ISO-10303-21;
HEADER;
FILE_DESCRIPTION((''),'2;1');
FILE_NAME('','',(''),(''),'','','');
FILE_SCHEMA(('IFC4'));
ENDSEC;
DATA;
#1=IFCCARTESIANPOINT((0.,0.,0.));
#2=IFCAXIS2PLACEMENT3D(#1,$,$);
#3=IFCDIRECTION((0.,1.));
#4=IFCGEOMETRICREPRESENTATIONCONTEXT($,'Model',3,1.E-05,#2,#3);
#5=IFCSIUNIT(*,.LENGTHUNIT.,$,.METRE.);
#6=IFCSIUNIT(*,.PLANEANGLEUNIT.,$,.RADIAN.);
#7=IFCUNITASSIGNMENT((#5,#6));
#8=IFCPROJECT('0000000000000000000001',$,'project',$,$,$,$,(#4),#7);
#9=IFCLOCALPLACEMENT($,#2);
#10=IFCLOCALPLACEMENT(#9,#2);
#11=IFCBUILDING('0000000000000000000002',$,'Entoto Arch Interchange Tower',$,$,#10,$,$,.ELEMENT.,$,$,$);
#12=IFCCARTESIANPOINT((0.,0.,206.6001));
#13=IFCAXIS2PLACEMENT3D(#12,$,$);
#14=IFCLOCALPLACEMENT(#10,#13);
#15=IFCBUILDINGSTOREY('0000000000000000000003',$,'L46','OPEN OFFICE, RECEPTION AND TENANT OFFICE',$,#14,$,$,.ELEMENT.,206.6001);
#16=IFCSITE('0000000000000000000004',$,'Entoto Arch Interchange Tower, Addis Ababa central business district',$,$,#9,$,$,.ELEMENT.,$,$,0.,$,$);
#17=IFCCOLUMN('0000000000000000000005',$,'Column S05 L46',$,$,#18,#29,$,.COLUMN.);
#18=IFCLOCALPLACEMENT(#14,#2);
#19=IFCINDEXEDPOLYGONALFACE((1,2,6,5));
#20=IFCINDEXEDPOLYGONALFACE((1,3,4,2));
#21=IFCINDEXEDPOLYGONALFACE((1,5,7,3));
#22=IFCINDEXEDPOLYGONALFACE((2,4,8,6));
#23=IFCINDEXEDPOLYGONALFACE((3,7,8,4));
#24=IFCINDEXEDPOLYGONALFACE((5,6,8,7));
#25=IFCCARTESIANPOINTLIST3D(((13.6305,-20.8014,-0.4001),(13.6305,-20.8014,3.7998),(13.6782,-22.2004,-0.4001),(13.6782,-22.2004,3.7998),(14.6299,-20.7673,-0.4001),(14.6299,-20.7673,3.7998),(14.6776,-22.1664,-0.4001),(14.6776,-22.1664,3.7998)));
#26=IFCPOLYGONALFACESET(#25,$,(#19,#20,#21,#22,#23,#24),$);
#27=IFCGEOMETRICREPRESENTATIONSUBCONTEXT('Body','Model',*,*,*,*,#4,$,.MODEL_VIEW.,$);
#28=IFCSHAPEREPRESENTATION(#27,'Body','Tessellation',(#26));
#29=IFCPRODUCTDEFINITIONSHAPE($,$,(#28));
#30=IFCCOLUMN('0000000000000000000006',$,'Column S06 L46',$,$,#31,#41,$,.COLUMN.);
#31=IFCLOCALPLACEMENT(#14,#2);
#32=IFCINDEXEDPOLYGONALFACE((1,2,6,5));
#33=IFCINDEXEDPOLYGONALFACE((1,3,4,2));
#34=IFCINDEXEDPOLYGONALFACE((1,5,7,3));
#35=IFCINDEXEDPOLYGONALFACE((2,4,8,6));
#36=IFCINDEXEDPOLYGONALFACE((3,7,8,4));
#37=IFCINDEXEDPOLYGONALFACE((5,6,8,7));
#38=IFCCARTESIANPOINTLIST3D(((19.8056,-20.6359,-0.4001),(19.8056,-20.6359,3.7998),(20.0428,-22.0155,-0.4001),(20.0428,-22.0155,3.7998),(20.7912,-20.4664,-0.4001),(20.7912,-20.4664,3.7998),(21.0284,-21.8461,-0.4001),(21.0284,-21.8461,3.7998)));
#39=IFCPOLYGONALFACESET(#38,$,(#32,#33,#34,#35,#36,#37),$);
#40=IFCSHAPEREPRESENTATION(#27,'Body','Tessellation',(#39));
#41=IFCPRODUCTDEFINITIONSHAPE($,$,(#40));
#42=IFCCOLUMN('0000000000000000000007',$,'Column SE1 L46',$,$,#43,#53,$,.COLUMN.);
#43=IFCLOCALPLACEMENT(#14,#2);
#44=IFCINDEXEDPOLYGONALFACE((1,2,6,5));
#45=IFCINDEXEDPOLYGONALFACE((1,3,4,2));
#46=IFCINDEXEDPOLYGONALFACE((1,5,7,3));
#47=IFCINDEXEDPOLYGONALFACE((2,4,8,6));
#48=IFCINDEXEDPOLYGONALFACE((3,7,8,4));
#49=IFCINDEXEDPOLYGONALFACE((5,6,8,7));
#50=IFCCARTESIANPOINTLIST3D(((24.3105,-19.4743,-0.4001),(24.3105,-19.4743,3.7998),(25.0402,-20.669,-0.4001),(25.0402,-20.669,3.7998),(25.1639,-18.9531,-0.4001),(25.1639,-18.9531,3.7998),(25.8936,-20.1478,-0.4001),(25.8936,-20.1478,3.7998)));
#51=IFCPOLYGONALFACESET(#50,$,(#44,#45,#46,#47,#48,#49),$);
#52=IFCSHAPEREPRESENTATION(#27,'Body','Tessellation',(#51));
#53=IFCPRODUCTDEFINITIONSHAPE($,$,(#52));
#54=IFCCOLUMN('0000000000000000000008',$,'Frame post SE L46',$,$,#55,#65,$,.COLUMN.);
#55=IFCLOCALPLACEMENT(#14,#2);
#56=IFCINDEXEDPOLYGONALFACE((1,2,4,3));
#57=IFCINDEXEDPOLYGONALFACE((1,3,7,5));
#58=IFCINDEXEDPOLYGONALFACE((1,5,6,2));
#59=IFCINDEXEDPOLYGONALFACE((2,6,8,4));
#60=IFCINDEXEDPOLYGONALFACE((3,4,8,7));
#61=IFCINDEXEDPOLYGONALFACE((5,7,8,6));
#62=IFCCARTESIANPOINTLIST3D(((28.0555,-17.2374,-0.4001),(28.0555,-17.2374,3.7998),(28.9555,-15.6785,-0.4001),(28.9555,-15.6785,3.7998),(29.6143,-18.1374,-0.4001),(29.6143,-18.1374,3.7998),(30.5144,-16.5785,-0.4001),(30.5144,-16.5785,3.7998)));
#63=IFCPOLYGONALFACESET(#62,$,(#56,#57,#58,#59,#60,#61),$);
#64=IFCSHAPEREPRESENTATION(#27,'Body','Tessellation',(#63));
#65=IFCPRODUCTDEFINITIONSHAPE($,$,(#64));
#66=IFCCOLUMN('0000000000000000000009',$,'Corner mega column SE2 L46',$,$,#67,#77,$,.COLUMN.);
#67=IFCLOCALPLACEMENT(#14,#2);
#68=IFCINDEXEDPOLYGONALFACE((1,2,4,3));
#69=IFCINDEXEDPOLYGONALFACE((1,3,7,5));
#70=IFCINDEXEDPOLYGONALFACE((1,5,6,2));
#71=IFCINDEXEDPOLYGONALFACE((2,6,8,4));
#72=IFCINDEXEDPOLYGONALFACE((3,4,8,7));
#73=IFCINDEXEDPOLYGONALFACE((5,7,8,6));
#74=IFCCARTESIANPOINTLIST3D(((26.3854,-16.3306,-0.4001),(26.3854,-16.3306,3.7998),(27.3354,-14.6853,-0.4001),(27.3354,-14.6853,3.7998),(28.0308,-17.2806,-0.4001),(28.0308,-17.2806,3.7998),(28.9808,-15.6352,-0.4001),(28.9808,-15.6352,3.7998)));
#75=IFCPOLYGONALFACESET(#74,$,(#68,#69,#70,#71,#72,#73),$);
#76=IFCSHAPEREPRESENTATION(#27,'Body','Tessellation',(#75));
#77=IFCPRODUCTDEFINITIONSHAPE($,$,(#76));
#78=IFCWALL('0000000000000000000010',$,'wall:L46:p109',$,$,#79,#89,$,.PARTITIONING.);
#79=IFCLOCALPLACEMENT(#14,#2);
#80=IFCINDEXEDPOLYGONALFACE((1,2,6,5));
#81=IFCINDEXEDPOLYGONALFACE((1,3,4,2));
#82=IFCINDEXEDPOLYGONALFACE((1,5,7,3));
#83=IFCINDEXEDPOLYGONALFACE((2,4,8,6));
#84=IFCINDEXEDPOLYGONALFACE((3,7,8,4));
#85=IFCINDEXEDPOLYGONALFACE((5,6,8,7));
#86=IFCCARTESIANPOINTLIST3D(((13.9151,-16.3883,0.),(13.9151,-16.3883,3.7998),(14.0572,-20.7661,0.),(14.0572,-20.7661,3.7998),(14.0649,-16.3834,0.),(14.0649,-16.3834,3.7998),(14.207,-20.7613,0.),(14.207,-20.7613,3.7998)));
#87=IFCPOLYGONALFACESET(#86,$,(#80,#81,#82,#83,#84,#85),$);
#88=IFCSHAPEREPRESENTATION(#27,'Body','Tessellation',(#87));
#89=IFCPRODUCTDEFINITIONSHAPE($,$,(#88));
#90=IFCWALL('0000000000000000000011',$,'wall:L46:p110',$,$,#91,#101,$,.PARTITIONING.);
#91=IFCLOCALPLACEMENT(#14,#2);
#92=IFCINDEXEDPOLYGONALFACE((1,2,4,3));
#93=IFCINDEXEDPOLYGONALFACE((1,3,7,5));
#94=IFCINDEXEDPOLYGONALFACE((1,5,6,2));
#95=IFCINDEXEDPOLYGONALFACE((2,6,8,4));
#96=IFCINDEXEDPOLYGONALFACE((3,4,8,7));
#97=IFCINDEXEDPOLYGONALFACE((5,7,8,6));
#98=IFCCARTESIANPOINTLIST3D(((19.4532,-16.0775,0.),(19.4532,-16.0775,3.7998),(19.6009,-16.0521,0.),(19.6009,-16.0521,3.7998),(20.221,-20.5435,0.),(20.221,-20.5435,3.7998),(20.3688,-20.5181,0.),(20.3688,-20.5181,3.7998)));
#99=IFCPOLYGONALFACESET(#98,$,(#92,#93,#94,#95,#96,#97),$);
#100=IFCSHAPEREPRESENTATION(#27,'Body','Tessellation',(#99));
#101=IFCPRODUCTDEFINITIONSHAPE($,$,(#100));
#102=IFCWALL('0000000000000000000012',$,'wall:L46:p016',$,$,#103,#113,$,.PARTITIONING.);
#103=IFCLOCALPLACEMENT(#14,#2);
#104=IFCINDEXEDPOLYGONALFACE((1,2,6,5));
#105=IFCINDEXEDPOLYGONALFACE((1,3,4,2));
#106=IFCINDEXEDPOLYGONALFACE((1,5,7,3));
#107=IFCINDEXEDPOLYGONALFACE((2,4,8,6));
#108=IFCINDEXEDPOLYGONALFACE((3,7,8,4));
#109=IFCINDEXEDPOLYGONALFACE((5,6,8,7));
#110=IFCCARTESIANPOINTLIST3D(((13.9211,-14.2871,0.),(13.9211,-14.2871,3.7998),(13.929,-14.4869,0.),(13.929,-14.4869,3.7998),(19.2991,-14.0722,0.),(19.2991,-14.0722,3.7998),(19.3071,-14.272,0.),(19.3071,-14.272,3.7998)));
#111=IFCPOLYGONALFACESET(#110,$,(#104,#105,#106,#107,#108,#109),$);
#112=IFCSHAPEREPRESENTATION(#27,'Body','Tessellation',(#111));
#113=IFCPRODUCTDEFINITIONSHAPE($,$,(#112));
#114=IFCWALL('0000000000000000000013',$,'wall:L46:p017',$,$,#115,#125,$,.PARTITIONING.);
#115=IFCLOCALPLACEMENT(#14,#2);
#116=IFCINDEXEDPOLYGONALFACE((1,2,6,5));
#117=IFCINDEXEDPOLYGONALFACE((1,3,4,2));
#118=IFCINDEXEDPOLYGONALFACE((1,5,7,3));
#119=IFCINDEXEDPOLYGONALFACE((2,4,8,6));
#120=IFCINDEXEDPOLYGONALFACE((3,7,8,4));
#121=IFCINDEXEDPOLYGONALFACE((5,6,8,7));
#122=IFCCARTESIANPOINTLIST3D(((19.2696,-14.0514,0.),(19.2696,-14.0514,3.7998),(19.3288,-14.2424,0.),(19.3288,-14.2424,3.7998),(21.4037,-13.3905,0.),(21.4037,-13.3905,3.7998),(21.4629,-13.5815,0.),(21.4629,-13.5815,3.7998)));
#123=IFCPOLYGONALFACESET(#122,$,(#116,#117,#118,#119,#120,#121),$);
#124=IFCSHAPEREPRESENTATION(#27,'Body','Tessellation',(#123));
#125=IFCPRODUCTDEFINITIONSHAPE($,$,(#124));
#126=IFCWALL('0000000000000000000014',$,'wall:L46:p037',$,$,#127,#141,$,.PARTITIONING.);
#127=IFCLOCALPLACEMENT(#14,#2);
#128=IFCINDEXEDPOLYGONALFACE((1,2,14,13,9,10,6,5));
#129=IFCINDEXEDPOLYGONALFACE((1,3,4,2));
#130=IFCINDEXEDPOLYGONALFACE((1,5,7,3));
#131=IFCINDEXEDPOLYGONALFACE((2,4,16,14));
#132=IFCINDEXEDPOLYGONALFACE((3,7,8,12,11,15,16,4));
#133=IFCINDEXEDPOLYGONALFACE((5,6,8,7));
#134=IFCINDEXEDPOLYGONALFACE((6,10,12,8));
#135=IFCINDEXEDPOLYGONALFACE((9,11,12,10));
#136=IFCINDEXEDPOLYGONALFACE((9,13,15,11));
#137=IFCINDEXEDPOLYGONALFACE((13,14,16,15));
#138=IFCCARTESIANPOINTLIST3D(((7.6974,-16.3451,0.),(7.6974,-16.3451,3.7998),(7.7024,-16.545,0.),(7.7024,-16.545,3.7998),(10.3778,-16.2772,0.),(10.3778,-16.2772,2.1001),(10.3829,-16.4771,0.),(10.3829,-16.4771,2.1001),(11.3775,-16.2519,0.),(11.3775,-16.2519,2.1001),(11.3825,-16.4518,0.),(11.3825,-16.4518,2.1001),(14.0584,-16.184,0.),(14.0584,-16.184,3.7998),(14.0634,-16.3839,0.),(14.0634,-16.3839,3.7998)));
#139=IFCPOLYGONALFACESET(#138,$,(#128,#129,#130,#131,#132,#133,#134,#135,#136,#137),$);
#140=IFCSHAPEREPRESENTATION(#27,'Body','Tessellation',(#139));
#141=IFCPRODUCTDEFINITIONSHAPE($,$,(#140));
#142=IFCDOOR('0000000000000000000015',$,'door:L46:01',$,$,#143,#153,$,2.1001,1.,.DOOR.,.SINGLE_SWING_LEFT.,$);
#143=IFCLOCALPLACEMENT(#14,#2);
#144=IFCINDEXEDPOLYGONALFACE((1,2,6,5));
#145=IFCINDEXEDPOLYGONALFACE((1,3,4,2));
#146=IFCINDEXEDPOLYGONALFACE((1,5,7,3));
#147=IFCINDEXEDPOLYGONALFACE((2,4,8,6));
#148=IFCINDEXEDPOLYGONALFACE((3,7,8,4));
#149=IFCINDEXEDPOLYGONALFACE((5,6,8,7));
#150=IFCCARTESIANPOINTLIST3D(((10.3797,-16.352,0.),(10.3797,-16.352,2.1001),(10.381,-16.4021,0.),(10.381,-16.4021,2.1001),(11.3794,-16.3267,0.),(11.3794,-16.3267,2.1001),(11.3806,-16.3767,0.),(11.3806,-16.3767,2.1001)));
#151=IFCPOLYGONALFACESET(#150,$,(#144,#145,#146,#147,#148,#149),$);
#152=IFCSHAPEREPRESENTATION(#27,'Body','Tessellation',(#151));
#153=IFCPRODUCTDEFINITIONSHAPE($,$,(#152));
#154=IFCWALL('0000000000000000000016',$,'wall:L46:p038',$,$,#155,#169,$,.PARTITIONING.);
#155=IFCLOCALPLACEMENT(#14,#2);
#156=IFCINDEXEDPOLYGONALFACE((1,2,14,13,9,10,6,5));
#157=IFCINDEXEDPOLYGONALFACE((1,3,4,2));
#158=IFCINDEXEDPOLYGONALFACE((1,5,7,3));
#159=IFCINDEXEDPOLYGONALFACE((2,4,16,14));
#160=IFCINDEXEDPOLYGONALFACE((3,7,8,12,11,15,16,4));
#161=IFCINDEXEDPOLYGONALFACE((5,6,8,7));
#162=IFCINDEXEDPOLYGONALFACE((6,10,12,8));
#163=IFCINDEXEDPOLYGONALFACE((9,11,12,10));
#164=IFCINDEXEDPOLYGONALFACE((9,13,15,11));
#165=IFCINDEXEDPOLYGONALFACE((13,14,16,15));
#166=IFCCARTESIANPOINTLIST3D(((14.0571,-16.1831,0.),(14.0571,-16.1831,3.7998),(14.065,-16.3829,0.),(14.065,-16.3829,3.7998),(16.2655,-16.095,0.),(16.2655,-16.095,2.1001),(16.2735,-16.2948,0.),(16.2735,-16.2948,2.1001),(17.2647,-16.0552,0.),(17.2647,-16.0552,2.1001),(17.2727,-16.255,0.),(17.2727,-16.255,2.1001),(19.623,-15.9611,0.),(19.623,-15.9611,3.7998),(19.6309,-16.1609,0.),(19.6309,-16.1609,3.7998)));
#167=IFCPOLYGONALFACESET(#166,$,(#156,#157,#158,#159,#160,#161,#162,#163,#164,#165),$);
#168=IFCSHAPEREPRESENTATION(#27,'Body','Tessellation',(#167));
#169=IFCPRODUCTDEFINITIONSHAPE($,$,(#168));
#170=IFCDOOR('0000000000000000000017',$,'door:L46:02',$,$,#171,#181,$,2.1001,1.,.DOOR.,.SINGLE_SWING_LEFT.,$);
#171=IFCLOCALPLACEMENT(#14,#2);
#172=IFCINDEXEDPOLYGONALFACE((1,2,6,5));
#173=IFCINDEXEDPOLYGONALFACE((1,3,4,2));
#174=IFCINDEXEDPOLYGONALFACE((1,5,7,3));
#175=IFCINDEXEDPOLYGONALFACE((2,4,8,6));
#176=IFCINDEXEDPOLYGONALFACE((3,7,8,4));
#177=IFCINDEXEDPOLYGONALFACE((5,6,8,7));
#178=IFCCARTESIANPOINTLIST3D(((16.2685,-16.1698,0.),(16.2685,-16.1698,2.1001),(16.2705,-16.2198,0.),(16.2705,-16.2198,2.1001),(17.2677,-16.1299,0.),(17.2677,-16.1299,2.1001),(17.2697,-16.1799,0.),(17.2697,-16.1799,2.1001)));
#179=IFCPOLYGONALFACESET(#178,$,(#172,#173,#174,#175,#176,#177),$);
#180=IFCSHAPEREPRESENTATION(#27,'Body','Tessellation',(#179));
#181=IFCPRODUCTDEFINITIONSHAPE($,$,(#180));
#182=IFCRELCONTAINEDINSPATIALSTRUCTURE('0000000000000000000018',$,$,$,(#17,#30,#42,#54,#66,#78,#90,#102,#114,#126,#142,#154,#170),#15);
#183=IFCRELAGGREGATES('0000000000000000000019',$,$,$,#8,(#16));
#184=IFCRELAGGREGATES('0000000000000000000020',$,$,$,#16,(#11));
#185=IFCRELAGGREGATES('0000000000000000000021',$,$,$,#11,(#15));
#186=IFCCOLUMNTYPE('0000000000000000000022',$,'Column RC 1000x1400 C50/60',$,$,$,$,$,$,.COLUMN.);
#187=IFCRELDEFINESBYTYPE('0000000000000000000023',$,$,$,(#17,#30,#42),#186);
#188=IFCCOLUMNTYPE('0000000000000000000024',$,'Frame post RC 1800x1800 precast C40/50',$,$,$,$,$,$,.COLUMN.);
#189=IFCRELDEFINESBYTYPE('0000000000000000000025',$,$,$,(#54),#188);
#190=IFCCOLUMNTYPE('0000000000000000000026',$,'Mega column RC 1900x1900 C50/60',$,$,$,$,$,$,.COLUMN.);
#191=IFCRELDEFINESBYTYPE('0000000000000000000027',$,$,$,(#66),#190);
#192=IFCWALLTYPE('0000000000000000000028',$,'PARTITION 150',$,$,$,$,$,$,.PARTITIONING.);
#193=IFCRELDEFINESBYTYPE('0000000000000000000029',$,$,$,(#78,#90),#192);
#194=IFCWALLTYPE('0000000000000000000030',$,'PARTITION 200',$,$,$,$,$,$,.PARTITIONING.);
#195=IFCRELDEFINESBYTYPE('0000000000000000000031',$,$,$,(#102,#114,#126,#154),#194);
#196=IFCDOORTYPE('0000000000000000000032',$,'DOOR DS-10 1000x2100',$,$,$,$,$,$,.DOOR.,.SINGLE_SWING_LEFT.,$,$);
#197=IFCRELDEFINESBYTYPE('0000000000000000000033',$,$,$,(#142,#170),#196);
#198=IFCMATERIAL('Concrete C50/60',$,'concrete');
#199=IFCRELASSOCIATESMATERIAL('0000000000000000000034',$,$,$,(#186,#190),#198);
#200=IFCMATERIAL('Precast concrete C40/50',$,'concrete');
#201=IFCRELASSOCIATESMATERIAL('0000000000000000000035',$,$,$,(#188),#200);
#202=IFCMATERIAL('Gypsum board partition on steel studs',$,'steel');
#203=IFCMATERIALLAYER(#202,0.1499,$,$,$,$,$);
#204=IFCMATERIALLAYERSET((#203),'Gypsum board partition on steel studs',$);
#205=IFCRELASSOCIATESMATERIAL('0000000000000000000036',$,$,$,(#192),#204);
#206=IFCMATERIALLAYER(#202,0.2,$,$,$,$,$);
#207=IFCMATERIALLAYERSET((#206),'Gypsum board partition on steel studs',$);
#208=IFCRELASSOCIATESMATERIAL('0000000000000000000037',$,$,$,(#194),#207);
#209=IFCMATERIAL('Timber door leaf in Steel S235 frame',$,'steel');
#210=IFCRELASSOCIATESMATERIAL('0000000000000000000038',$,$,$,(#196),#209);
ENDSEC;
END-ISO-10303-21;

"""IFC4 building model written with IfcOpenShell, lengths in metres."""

from ifc_helpers import new_model, si_unit, direction, frame, frame_2d, origin, origin_2d, place, context, subcontext, project, spatial, rectangle, extrude, material, layer, layer_set, material_profile, profile_set, type_object, element, fill, save


model = new_model("IFC4")

# Units and contexts
model_context = context("Model", 3, precision=1e-05, world=origin(), true_north=direction((0.0, 1.0)))
body_context = subcontext(model_context, "Body", "Model", "MODEL_VIEW")
ifc_project = project(units=[si_unit("LENGTHUNIT", "METRE"), si_unit("PLANEANGLEUNIT", "RADIAN")], contexts=[model_context])

# Site, building, storey
site_placement = place(None, origin())
site = spatial("IfcSite", under=ifc_project, at=site_placement, Name="Entoto Arch Interchange Tower, Addis Ababa central business district", CompositionType="ELEMENT", RefElevation=0.0)
building_placement = place(site_placement, origin())
building = spatial("IfcBuilding", under=site, at=building_placement, Name="Entoto Arch Interchange Tower", CompositionType="ELEMENT")
storey_placement = place(building_placement, frame((0.0, 0.0, 206.6001)))
storey = spatial("IfcBuildingStorey", under=building, at=storey_placement, Name="L46", Description="OPEN OFFICE, RECEPTION AND TENANT OFFICE", CompositionType="ELEMENT", Elevation=206.6001)

# Columns
ifc_material_1 = material(Name="Concrete C50/60", Category="concrete")
ifc_material_profile_1 = material_profile(ifc_material_1, rectangle(XDim=1.0, YDim=1.3999, at=origin_2d()))
ifc_profile_set_1 = profile_set([ifc_material_profile_1], Name="Concrete C50/60")
column_type_1 = type_object("IfcColumnType", Name="Column RC 1000x1400 C50/60", PredefinedType="COLUMN", material=ifc_profile_set_1)
for number, where, z_axis, x_axis, name in (
    (1, (14.1541, -21.4839, -0.4001), (0.0, 0.0, 1.0), (0.999421, 0.034027, 0.0), "Column S05 L46"),
    (2, (20.417, -21.241, -0.4001), (0.0, 0.0, 1.0), (0.985541, 0.169436, 0.0), "Column S06 L46"),
    (3, (25.1021, -19.811, -0.4001), (0.0, 0.0, 1.0), (0.853423, 0.521218, 0.0), "Column SE1 L46"),
):
    element("IfcColumn", number, at=place(storey_placement, frame(where, z_axis=z_axis, x_axis=x_axis)), inside=storey, type_object=column_type_1, Name=name, PredefinedType="COLUMN", context=body_context, shape_type="SweptSolid", body=[
        extrude(rectangle(XDim=1.0, YDim=1.3999, at=origin_2d()), origin(), (0.0, 0.0, 1.0), 4.2),
    ])
ifc_material_2 = material(Name="Precast concrete C40/50", Category="concrete")
ifc_material_profile_2 = material_profile(ifc_material_2, rectangle(XDim=1.8, YDim=1.8, at=origin_2d()))
ifc_profile_set_2 = profile_set([ifc_material_profile_2], Name="Precast concrete C40/50")
column_type_2 = type_object("IfcColumnType", Name="Frame post RC 1800x1800 precast C40/50", PredefinedType="COLUMN", material=ifc_profile_set_2)
column_1_placement = place(storey_placement, frame((29.2849, -16.908, -0.4001), z_axis=(0.0, 0.0, 1.0), x_axis=(-0.866025, 0.5, 0.0)))
element("IfcColumn", 4, at=column_1_placement, inside=storey, type_object=column_type_2, Name="Frame post SE L46", PredefinedType="COLUMN", context=body_context, shape_type="SweptSolid", body=[
    extrude(rectangle(XDim=1.8, YDim=1.8, at=origin_2d()), origin(), (0.0, 0.0, 1.0), 4.2),
])
ifc_material_profile_3 = material_profile(ifc_material_1, rectangle(XDim=1.8999, YDim=1.8999, at=origin_2d()))
ifc_profile_set_3 = profile_set([ifc_material_profile_3], Name="Concrete C50/60")
column_type_3 = type_object("IfcColumnType", Name="Mega column RC 1900x1900 C50/60", PredefinedType="COLUMN", material=ifc_profile_set_3)
column_2_placement = place(storey_placement, frame((27.6831, -15.9829, -0.4001), z_axis=(0.0, 0.0, 1.0), x_axis=(-0.866025, 0.5, 0.0)))
element("IfcColumn", 5, at=column_2_placement, inside=storey, type_object=column_type_3, Name="Corner mega column SE2 L46", PredefinedType="COLUMN", context=body_context, shape_type="SweptSolid", body=[
    extrude(rectangle(XDim=1.8999, YDim=1.8999, at=origin_2d()), origin(), (0.0, 0.0, 1.0), 4.2),
])

# Walls
ifc_material_3 = material(Name="Gypsum board partition on steel studs", Category="steel")
ifc_layer_1 = layer(ifc_material_3, 0.1499)
ifc_layer_set_1 = layer_set([ifc_layer_1], Name="Gypsum board partition on steel studs")
wall_type_1 = type_object("IfcWallType", Name="PARTITION 150", PredefinedType="PARTITIONING", material=ifc_layer_set_1)
wall_1_placement = place(storey_placement, frame((13.99, -16.386, 0.0), z_axis=(0.0, 0.0, 1.0), x_axis=(0.032439, -0.999474, 0.0)))
element("IfcWall", 6, at=wall_1_placement, inside=storey, type_object=wall_type_1, Name="wall:L46:p109", PredefinedType="PARTITIONING", context=body_context, shape_type="SweptSolid", body=[
    extrude(rectangle(XDim=4.3801, YDim=0.1499, at=frame_2d((2.1899, 0.0))), origin(), (0.0, 0.0, 1.0), 3.7998),
])
wall_2_placement = place(storey_placement, frame((19.5271, -16.0649, 0.0), z_axis=(0.0, 0.0, 1.0), x_axis=(0.169438, -0.985541, 0.0)))
element("IfcWall", 7, at=wall_2_placement, inside=storey, type_object=wall_type_1, Name="wall:L46:p110", PredefinedType="PARTITIONING", context=body_context, shape_type="SweptSolid", body=[
    extrude(rectangle(XDim=4.5315, YDim=0.1499, at=frame_2d((2.2656, 0.0))), origin(), (0.0, 0.0, 1.0), 3.7998),
])
ifc_layer_2 = layer(ifc_material_3, 0.2)
ifc_layer_set_2 = layer_set([ifc_layer_2], Name="Gypsum board partition on steel studs")
wall_type_2 = type_object("IfcWallType", Name="PARTITION 200", PredefinedType="PARTITIONING", material=ifc_layer_set_2)
wall_3_placement = place(storey_placement, frame((13.925, -14.387, 0.0), z_axis=(0.0, 0.0, 1.0), x_axis=(0.999203, 0.039917, 0.0)))
element("IfcWall", 8, at=wall_3_placement, inside=storey, type_object=wall_type_2, Name="wall:L46:p016", PredefinedType="PARTITIONING", context=body_context, shape_type="SweptSolid", body=[
    extrude(rectangle(XDim=5.3823, YDim=0.2, at=frame_2d((2.6912, 0.0))), origin(), (0.0, 0.0, 1.0), 3.7998),
])
wall_4_placement = place(storey_placement, frame((19.2991, -14.147, 0.0), z_axis=(0.0, 0.0, 1.0), x_axis=(0.955241, 0.295829, 0.0)))
element("IfcWall", 9, at=wall_4_placement, inside=storey, type_object=wall_type_2, Name="wall:L46:p017", PredefinedType="PARTITIONING", context=body_context, shape_type="SweptSolid", body=[
    extrude(rectangle(XDim=2.2341, YDim=0.2, at=frame_2d((1.1172, 0.0))), origin(), (0.0, 0.0, 1.0), 3.7998),
])

# Walls, openings, doors
wall_5_placement = place(storey_placement, frame((14.061, -16.2839, 0.0), z_axis=(0.0, 0.0, 1.0), x_axis=(-0.999679, -0.025323, 0.0)))
wall_5 = element("IfcWall", 10, at=wall_5_placement, inside=storey, type_object=wall_type_2, Name="wall:L46:p037", PredefinedType="PARTITIONING", context=body_context, shape_type="SweptSolid", body=[
    extrude(rectangle(XDim=6.363, YDim=0.2, at=frame_2d((3.1816, 0.0))), origin(), (0.0, 0.0, 1.0), 3.7998),
])
opening_1_placement = place(wall_5_placement, frame((2.6819, 0.0, 0.0)))
opening_1 = element("IfcOpeningElement", 11, at=opening_1_placement, cuts=wall_5, PredefinedType="OPENING", context=body_context, shape_type="SweptSolid", body=[
    extrude(rectangle(XDim=1.0, YDim=2.1001, at=frame_2d((0.5, 1.05))), frame((0.0, 0.1099, 0.0), z_axis=(0.0, -1.0, 0.0), x_axis=(1.0, 0.0, 0.0)), (0.0, 0.0, 1.0), 0.22),
])
ifc_material_4 = material(Name="Timber door leaf in Steel S235 frame", Category="steel")
door_type = type_object("IfcDoorType", Name="DOOR DS-10 1000x2100", OperationType="SINGLE_SWING_LEFT", PredefinedType="DOOR", material=ifc_material_4)
door_1_placement = place(opening_1_placement, origin())
door_1 = element("IfcDoor", 12, at=door_1_placement, inside=storey, type_object=door_type, Name="door:L46:01", OperationType="SINGLE_SWING_LEFT", OverallHeight=2.1001, OverallWidth=1.0, PredefinedType="DOOR", context=body_context, shape_type="SweptSolid", body=[
    extrude(rectangle(XDim=1.0, YDim=2.1001, at=frame_2d((0.5, 1.05))), frame((0.0, 0.0249, 0.0), z_axis=(0.0, -1.0, 0.0), x_axis=(1.0, 0.0, 0.0)), (0.0, 0.0, 1.0), 0.05),
])
fill(opening_1, door_1)
wall_6_placement = place(storey_placement, frame((19.627, -16.061, 0.0), z_axis=(0.0, 0.0, 1.0), x_axis=(-0.999206, -0.03984, 0.0)))
wall_6 = element("IfcWall", 13, at=wall_6_placement, inside=storey, type_object=wall_type_2, Name="wall:L46:p038", PredefinedType="PARTITIONING", context=body_context, shape_type="SweptSolid", body=[
    extrude(rectangle(XDim=5.5703, YDim=0.2, at=frame_2d((2.7852, 0.0))), origin(), (0.0, 0.0, 1.0), 3.7998),
])
opening_2_placement = place(wall_6_placement, frame((2.3601, 0.0, 0.0)))
opening_2 = element("IfcOpeningElement", 14, at=opening_2_placement, cuts=wall_6, PredefinedType="OPENING", context=body_context, shape_type="SweptSolid", body=[
    extrude(rectangle(XDim=1.0, YDim=2.1001, at=frame_2d((0.5, 1.05))), frame((0.0, 0.1099, 0.0), z_axis=(0.0, -1.0, 0.0), x_axis=(1.0, 0.0, 0.0)), (0.0, 0.0, 1.0), 0.22),
])
door_2_placement = place(opening_2_placement, origin())
door_2 = element("IfcDoor", 15, at=door_2_placement, inside=storey, type_object=door_type, Name="door:L46:02", OperationType="SINGLE_SWING_LEFT", OverallHeight=2.1001, OverallWidth=1.0, PredefinedType="DOOR", context=body_context, shape_type="SweptSolid", body=[
    extrude(rectangle(XDim=1.0, YDim=2.1001, at=frame_2d((0.5, 1.05))), frame((0.0, 0.0249, 0.0), z_axis=(0.0, -1.0, 0.0), x_axis=(1.0, 0.0, 0.0)), (0.0, 0.0, 1.0), 0.05),
])
fill(opening_2, door_2)

save(model, "model.ifc")
